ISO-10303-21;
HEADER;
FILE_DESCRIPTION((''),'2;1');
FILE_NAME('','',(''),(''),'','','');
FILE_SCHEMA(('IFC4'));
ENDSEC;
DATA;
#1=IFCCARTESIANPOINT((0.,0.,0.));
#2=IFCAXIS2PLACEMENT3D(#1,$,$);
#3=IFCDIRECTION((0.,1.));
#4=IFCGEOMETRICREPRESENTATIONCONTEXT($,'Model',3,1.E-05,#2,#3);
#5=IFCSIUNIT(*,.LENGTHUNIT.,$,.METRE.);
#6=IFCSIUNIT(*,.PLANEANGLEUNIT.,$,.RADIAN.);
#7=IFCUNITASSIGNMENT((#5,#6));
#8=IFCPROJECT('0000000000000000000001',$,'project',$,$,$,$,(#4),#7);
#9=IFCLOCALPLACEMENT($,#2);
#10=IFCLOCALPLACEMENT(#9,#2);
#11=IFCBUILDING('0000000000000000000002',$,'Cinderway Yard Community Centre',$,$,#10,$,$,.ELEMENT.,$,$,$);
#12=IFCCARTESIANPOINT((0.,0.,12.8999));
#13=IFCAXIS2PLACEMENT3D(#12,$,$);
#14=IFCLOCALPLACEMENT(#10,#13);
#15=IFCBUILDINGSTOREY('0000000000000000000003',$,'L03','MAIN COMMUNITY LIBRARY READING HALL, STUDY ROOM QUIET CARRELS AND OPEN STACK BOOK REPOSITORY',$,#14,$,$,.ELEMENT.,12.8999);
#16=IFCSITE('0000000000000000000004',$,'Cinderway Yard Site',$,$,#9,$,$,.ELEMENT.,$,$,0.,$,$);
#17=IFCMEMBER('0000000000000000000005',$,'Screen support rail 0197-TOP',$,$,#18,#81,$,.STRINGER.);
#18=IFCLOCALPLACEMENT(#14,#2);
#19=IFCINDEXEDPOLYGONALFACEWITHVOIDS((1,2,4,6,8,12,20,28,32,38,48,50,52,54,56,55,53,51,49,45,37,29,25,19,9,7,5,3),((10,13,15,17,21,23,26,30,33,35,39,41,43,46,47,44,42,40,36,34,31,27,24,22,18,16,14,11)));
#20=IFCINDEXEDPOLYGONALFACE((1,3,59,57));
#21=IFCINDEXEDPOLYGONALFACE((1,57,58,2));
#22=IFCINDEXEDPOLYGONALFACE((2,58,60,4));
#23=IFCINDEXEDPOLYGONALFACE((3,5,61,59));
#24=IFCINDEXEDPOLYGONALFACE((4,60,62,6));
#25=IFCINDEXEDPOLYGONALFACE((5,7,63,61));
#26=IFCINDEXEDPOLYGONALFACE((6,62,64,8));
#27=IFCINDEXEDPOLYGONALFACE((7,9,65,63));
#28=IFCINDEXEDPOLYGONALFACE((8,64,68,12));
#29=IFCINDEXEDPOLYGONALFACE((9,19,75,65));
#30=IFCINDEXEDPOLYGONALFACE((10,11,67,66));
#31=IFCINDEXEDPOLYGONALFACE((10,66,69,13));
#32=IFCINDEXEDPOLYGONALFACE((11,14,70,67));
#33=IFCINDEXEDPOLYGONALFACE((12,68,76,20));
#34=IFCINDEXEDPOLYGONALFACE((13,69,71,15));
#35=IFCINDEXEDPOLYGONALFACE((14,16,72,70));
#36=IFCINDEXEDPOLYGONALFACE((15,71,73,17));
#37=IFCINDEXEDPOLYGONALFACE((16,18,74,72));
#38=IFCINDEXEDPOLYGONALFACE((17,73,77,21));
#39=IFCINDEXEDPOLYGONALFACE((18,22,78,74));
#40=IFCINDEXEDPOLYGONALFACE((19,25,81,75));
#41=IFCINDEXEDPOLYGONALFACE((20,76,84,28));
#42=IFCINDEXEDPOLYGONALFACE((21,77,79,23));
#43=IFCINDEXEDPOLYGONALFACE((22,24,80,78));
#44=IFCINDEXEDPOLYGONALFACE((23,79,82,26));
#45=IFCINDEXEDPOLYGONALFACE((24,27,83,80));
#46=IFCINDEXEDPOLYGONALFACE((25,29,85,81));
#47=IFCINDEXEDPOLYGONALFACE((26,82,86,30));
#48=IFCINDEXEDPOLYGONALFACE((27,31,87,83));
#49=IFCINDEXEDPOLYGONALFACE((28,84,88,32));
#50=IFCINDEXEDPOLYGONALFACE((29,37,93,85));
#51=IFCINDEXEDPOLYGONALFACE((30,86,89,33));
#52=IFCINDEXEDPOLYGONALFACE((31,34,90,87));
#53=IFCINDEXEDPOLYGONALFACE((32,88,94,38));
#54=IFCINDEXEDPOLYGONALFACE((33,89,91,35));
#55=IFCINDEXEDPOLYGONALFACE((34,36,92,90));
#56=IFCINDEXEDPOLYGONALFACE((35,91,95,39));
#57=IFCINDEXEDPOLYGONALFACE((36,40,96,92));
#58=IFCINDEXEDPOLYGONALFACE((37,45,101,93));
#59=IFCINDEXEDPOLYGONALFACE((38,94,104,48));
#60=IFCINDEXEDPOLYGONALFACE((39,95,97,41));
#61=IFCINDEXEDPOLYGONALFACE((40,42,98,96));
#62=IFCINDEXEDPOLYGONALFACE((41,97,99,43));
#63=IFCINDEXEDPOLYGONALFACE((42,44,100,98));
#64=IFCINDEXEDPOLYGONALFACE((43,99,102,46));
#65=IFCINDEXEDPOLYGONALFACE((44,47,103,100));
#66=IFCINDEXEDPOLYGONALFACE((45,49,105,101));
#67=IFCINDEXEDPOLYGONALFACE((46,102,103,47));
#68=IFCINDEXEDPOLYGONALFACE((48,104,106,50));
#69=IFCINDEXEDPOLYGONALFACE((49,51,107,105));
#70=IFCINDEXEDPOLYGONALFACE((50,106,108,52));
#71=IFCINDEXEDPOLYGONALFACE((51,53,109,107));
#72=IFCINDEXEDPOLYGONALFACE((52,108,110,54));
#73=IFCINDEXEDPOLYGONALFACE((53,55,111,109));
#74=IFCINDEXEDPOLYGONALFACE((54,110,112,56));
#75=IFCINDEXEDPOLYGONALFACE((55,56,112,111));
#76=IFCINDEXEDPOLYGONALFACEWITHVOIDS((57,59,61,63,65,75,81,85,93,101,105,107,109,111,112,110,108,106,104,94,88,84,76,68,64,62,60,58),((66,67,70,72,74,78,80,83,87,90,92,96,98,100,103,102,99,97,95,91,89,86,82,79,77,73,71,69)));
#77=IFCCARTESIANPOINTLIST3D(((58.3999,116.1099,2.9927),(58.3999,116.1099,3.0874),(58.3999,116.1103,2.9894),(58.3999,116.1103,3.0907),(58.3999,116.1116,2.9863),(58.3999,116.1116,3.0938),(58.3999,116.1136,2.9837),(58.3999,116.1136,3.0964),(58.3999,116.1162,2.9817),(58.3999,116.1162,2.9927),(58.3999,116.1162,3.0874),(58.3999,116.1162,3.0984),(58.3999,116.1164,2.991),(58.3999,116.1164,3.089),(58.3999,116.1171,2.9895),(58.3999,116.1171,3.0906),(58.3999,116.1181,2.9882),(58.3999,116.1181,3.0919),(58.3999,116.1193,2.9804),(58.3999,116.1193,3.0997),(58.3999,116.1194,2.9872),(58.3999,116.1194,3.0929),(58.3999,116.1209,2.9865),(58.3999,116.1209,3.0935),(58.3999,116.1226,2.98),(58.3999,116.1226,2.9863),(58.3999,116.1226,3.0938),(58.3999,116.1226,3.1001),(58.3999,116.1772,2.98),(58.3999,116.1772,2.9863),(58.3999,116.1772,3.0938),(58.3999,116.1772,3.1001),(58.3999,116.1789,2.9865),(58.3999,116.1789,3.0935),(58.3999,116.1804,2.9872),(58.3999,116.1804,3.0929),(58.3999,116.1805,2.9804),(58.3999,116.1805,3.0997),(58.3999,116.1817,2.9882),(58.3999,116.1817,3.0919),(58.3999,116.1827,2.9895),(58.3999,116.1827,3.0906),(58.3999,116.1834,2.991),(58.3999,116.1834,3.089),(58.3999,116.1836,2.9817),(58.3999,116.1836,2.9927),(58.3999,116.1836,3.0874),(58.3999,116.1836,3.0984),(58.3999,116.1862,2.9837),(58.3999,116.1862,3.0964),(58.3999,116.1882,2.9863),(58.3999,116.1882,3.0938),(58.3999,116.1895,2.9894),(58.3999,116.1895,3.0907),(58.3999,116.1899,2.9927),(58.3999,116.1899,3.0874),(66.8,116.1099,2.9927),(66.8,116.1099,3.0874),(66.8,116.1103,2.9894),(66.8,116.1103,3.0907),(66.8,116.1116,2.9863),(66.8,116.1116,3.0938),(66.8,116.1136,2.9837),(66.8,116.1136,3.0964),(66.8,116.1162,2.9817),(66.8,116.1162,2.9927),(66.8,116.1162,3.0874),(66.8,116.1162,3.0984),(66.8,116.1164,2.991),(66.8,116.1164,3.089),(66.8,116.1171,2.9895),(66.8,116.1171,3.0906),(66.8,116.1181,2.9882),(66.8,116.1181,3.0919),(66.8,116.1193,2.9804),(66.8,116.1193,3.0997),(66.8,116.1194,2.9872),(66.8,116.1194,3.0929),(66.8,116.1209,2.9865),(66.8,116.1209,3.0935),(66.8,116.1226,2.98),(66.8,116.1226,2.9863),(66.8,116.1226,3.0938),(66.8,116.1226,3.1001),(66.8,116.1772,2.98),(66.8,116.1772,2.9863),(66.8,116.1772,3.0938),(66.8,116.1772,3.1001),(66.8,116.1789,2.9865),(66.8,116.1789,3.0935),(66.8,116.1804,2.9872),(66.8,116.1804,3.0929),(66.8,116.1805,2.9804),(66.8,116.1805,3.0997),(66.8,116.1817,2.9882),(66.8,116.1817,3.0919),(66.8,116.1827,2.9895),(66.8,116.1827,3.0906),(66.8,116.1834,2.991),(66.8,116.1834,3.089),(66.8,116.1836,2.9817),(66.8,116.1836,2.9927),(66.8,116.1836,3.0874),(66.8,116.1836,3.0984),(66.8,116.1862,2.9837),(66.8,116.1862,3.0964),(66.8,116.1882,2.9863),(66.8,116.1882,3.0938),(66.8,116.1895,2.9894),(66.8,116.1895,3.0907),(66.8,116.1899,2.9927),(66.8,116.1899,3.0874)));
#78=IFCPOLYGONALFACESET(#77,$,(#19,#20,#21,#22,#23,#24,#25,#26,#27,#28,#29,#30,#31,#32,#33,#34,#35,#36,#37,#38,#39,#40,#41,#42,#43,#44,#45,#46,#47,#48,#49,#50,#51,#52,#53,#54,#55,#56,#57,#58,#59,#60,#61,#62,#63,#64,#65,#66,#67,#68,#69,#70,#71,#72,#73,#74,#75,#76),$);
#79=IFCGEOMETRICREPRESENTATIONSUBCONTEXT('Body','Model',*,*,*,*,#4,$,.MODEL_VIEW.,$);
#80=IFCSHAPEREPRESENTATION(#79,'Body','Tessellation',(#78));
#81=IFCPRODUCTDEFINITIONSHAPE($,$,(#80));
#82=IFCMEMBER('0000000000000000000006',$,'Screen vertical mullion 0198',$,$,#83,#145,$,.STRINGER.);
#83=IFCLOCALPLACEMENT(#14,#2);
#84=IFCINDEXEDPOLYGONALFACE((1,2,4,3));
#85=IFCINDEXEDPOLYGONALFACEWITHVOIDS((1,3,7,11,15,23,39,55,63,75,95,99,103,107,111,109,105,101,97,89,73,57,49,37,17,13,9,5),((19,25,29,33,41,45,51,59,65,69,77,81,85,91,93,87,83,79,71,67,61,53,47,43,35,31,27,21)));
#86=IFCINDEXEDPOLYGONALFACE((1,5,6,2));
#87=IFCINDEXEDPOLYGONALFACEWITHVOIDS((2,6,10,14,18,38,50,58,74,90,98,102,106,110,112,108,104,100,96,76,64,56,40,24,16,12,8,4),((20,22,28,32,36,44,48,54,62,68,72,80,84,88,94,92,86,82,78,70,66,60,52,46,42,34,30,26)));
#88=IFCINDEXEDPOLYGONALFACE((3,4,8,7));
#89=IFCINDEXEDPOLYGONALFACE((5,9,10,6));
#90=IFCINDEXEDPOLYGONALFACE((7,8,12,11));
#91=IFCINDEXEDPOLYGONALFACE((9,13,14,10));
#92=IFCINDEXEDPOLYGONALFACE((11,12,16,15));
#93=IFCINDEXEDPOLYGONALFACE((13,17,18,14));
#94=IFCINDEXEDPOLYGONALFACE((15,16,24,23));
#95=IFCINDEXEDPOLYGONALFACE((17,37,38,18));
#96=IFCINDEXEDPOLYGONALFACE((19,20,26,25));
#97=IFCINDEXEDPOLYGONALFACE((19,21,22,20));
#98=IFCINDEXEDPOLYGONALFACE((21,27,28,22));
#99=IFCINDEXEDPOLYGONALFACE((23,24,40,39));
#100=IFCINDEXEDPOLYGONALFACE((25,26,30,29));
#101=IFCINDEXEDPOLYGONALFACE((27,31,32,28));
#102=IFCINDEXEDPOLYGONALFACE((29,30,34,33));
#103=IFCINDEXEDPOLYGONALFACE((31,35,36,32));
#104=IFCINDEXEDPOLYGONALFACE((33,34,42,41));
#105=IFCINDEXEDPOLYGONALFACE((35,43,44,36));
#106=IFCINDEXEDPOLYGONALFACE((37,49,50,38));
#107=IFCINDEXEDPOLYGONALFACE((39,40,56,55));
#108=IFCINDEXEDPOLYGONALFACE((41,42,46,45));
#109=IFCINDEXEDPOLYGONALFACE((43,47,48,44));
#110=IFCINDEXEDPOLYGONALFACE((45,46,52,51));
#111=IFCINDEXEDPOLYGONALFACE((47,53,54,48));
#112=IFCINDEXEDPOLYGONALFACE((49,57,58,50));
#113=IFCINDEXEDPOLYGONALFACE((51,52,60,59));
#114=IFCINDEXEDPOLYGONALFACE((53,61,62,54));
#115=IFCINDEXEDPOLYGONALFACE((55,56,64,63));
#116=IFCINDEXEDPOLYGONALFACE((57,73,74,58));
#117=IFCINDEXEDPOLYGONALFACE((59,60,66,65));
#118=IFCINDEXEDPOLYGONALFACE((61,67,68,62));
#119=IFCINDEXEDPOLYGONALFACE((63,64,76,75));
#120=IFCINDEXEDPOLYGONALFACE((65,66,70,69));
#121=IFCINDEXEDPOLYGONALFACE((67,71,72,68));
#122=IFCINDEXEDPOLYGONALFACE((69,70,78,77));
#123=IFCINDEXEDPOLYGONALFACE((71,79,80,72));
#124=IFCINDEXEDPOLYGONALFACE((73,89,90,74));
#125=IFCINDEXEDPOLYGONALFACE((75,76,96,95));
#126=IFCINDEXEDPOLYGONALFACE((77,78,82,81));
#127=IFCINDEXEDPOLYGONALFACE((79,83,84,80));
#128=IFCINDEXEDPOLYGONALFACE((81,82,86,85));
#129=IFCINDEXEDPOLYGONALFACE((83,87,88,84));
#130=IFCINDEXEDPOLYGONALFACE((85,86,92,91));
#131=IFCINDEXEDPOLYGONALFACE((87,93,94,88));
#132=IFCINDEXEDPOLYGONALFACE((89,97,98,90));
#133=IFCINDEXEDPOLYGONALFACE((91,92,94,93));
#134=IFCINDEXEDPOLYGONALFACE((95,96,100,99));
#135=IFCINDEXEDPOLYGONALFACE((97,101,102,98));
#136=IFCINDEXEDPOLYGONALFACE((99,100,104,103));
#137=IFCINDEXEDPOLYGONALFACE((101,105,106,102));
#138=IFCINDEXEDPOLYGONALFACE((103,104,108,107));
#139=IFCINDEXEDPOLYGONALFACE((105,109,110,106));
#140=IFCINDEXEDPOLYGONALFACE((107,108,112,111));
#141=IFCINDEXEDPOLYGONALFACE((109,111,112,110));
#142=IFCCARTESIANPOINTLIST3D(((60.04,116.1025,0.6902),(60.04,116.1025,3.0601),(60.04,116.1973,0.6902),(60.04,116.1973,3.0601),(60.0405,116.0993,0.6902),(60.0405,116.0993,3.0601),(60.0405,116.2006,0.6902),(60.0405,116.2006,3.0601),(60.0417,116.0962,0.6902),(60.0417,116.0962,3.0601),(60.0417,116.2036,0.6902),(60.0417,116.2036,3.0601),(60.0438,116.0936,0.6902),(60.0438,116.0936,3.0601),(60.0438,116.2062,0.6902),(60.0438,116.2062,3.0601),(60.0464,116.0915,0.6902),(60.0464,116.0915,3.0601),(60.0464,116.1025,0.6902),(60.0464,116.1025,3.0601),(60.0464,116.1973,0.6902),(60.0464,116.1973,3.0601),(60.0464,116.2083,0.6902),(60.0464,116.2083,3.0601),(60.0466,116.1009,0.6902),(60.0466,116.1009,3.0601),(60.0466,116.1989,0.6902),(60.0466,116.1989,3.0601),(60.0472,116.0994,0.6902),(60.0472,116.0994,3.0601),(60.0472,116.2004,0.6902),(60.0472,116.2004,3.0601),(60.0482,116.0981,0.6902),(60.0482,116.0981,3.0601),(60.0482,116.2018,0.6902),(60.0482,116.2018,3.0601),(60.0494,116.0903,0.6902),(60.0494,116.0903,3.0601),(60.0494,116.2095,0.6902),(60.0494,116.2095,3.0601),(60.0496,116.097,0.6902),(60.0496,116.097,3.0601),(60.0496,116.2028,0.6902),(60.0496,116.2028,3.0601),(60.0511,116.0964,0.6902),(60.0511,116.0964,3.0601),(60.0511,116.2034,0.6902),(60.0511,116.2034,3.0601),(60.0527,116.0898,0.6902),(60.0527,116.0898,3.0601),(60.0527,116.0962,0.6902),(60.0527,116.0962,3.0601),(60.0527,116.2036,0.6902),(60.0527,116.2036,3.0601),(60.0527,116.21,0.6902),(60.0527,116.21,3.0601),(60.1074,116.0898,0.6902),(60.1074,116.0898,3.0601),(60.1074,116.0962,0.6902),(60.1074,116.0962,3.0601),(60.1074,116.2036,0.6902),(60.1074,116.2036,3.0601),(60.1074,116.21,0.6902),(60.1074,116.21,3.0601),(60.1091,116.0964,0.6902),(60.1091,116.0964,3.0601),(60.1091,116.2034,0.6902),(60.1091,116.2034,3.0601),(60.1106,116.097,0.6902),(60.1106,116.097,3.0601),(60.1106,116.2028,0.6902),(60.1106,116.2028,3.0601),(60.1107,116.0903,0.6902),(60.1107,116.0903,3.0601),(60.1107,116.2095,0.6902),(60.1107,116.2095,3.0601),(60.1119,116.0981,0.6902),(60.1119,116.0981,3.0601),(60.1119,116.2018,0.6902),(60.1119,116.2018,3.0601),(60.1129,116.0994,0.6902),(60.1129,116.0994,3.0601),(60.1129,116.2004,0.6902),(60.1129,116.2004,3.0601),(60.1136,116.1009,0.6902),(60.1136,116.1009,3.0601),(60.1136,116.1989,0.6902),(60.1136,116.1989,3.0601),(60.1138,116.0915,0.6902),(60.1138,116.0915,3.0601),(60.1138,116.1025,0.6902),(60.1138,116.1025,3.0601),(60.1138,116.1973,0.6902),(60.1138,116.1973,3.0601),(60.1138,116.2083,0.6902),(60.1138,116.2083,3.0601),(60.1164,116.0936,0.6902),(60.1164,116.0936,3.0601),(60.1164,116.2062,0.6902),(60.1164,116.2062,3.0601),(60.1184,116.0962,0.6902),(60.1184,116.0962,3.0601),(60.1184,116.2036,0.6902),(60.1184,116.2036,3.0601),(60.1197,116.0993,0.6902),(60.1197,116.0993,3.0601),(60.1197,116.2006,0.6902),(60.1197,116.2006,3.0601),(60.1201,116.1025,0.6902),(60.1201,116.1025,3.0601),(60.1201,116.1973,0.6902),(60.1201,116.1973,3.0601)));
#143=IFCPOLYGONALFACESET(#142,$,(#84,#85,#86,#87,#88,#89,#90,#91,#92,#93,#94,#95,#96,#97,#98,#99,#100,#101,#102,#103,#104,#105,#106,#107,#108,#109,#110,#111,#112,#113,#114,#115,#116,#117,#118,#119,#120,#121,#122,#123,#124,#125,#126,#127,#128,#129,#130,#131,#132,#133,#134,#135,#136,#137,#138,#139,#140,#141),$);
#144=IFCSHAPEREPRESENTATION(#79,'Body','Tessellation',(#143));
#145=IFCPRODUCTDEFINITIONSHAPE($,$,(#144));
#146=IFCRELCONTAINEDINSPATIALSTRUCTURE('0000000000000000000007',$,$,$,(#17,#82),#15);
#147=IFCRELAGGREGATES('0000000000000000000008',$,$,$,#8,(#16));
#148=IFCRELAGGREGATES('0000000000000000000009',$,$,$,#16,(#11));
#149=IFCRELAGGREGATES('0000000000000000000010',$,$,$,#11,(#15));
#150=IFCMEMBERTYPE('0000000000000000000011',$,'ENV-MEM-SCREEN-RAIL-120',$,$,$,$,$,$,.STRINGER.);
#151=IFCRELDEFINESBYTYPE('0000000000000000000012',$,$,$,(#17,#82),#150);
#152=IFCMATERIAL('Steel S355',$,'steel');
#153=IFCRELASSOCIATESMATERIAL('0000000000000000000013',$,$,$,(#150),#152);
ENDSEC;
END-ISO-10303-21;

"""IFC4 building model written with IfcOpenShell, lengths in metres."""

from ifc_helpers import new_model, si_unit, direction, frame, origin, origin_2d, place, context, subcontext, project, spatial, hollow_rectangle, extrude, material, material_profile, profile_set, type_object, element, save


model = new_model("IFC4")

# Units and contexts
model_context = context("Model", 3, precision=1e-05, world=origin(), true_north=direction((0.0, 1.0)))
body_context = subcontext(model_context, "Body", "Model", "MODEL_VIEW")
ifc_project = project(units=[si_unit("LENGTHUNIT", "METRE"), si_unit("PLANEANGLEUNIT", "RADIAN")], contexts=[model_context])

# Site, building, storey
site_placement = place(None, origin())
site = spatial("IfcSite", under=ifc_project, at=site_placement, Name="Cinderway Yard Site", CompositionType="ELEMENT", RefElevation=0.0)
building_placement = place(site_placement, origin())
building = spatial("IfcBuilding", under=site, at=building_placement, Name="Cinderway Yard Community Centre", CompositionType="ELEMENT")
storey_placement = place(building_placement, frame((0.0, 0.0, 12.8999)))
storey = spatial("IfcBuildingStorey", under=building, at=storey_placement, Name="L03", Description="MAIN COMMUNITY LIBRARY READING HALL, STUDY ROOM QUIET CARRELS AND OPEN STACK BOOK REPOSITORY", CompositionType="ELEMENT", Elevation=12.8999)

# Members
ifc_material_1 = material(Name="Steel S355", Category="steel")
ifc_material_profile_1 = material_profile(ifc_material_1, hollow_rectangle(XDim=0.0801, YDim=0.1201, WallThickness=0.0063, InnerFilletRadius=0.0063, OuterFilletRadius=0.0127, at=origin_2d()), Name="Steel S355")
ifc_profile_set_1 = profile_set([ifc_material_profile_1], Name="Steel S355")
member_type_1 = type_object("IfcMemberType", Name="ENV-MEM-SCREEN-RAIL-120", PredefinedType="STRINGER", material=ifc_profile_set_1)
for number, where, z_axis, x_axis, name in (
    (1, (58.3999, 116.1499, 3.04), (1.0, 0.0, 0.0), (0.0, 1.0, 0.0), "Screen support rail 0197-TOP"),
):
    element("IfcMember", number, at=place(storey_placement, frame(where, z_axis=z_axis, x_axis=x_axis)), inside=storey, type_object=member_type_1, Name=name, PredefinedType="STRINGER", context=body_context, shape_type="SweptSolid", body=[
        extrude(hollow_rectangle(XDim=0.0801, YDim=0.1201, WallThickness=0.0063, InnerFilletRadius=0.0063, OuterFilletRadius=0.0127, at=origin_2d()), origin(), (0.0, 0.0, 1.0), 8.4001),
    ])
for number, where, z_axis, x_axis, name in (
    (2, (60.0801, 116.1499, 0.6902), (0.0, 0.0, 1.0), (1.0, 0.0, 0.0), "Screen vertical mullion 0198"),
):
    element("IfcMember", number, at=place(storey_placement, frame(where, z_axis=z_axis, x_axis=x_axis)), inside=storey, type_object=member_type_1, Name=name, PredefinedType="STRINGER", context=body_context, shape_type="SweptSolid", body=[
        extrude(hollow_rectangle(XDim=0.0801, YDim=0.1201, WallThickness=0.0063, InnerFilletRadius=0.0063, OuterFilletRadius=0.0127, at=origin_2d()), origin(), (0.0, 0.0, 1.0), 2.3699),
    ])

save(model, "model.ifc")
